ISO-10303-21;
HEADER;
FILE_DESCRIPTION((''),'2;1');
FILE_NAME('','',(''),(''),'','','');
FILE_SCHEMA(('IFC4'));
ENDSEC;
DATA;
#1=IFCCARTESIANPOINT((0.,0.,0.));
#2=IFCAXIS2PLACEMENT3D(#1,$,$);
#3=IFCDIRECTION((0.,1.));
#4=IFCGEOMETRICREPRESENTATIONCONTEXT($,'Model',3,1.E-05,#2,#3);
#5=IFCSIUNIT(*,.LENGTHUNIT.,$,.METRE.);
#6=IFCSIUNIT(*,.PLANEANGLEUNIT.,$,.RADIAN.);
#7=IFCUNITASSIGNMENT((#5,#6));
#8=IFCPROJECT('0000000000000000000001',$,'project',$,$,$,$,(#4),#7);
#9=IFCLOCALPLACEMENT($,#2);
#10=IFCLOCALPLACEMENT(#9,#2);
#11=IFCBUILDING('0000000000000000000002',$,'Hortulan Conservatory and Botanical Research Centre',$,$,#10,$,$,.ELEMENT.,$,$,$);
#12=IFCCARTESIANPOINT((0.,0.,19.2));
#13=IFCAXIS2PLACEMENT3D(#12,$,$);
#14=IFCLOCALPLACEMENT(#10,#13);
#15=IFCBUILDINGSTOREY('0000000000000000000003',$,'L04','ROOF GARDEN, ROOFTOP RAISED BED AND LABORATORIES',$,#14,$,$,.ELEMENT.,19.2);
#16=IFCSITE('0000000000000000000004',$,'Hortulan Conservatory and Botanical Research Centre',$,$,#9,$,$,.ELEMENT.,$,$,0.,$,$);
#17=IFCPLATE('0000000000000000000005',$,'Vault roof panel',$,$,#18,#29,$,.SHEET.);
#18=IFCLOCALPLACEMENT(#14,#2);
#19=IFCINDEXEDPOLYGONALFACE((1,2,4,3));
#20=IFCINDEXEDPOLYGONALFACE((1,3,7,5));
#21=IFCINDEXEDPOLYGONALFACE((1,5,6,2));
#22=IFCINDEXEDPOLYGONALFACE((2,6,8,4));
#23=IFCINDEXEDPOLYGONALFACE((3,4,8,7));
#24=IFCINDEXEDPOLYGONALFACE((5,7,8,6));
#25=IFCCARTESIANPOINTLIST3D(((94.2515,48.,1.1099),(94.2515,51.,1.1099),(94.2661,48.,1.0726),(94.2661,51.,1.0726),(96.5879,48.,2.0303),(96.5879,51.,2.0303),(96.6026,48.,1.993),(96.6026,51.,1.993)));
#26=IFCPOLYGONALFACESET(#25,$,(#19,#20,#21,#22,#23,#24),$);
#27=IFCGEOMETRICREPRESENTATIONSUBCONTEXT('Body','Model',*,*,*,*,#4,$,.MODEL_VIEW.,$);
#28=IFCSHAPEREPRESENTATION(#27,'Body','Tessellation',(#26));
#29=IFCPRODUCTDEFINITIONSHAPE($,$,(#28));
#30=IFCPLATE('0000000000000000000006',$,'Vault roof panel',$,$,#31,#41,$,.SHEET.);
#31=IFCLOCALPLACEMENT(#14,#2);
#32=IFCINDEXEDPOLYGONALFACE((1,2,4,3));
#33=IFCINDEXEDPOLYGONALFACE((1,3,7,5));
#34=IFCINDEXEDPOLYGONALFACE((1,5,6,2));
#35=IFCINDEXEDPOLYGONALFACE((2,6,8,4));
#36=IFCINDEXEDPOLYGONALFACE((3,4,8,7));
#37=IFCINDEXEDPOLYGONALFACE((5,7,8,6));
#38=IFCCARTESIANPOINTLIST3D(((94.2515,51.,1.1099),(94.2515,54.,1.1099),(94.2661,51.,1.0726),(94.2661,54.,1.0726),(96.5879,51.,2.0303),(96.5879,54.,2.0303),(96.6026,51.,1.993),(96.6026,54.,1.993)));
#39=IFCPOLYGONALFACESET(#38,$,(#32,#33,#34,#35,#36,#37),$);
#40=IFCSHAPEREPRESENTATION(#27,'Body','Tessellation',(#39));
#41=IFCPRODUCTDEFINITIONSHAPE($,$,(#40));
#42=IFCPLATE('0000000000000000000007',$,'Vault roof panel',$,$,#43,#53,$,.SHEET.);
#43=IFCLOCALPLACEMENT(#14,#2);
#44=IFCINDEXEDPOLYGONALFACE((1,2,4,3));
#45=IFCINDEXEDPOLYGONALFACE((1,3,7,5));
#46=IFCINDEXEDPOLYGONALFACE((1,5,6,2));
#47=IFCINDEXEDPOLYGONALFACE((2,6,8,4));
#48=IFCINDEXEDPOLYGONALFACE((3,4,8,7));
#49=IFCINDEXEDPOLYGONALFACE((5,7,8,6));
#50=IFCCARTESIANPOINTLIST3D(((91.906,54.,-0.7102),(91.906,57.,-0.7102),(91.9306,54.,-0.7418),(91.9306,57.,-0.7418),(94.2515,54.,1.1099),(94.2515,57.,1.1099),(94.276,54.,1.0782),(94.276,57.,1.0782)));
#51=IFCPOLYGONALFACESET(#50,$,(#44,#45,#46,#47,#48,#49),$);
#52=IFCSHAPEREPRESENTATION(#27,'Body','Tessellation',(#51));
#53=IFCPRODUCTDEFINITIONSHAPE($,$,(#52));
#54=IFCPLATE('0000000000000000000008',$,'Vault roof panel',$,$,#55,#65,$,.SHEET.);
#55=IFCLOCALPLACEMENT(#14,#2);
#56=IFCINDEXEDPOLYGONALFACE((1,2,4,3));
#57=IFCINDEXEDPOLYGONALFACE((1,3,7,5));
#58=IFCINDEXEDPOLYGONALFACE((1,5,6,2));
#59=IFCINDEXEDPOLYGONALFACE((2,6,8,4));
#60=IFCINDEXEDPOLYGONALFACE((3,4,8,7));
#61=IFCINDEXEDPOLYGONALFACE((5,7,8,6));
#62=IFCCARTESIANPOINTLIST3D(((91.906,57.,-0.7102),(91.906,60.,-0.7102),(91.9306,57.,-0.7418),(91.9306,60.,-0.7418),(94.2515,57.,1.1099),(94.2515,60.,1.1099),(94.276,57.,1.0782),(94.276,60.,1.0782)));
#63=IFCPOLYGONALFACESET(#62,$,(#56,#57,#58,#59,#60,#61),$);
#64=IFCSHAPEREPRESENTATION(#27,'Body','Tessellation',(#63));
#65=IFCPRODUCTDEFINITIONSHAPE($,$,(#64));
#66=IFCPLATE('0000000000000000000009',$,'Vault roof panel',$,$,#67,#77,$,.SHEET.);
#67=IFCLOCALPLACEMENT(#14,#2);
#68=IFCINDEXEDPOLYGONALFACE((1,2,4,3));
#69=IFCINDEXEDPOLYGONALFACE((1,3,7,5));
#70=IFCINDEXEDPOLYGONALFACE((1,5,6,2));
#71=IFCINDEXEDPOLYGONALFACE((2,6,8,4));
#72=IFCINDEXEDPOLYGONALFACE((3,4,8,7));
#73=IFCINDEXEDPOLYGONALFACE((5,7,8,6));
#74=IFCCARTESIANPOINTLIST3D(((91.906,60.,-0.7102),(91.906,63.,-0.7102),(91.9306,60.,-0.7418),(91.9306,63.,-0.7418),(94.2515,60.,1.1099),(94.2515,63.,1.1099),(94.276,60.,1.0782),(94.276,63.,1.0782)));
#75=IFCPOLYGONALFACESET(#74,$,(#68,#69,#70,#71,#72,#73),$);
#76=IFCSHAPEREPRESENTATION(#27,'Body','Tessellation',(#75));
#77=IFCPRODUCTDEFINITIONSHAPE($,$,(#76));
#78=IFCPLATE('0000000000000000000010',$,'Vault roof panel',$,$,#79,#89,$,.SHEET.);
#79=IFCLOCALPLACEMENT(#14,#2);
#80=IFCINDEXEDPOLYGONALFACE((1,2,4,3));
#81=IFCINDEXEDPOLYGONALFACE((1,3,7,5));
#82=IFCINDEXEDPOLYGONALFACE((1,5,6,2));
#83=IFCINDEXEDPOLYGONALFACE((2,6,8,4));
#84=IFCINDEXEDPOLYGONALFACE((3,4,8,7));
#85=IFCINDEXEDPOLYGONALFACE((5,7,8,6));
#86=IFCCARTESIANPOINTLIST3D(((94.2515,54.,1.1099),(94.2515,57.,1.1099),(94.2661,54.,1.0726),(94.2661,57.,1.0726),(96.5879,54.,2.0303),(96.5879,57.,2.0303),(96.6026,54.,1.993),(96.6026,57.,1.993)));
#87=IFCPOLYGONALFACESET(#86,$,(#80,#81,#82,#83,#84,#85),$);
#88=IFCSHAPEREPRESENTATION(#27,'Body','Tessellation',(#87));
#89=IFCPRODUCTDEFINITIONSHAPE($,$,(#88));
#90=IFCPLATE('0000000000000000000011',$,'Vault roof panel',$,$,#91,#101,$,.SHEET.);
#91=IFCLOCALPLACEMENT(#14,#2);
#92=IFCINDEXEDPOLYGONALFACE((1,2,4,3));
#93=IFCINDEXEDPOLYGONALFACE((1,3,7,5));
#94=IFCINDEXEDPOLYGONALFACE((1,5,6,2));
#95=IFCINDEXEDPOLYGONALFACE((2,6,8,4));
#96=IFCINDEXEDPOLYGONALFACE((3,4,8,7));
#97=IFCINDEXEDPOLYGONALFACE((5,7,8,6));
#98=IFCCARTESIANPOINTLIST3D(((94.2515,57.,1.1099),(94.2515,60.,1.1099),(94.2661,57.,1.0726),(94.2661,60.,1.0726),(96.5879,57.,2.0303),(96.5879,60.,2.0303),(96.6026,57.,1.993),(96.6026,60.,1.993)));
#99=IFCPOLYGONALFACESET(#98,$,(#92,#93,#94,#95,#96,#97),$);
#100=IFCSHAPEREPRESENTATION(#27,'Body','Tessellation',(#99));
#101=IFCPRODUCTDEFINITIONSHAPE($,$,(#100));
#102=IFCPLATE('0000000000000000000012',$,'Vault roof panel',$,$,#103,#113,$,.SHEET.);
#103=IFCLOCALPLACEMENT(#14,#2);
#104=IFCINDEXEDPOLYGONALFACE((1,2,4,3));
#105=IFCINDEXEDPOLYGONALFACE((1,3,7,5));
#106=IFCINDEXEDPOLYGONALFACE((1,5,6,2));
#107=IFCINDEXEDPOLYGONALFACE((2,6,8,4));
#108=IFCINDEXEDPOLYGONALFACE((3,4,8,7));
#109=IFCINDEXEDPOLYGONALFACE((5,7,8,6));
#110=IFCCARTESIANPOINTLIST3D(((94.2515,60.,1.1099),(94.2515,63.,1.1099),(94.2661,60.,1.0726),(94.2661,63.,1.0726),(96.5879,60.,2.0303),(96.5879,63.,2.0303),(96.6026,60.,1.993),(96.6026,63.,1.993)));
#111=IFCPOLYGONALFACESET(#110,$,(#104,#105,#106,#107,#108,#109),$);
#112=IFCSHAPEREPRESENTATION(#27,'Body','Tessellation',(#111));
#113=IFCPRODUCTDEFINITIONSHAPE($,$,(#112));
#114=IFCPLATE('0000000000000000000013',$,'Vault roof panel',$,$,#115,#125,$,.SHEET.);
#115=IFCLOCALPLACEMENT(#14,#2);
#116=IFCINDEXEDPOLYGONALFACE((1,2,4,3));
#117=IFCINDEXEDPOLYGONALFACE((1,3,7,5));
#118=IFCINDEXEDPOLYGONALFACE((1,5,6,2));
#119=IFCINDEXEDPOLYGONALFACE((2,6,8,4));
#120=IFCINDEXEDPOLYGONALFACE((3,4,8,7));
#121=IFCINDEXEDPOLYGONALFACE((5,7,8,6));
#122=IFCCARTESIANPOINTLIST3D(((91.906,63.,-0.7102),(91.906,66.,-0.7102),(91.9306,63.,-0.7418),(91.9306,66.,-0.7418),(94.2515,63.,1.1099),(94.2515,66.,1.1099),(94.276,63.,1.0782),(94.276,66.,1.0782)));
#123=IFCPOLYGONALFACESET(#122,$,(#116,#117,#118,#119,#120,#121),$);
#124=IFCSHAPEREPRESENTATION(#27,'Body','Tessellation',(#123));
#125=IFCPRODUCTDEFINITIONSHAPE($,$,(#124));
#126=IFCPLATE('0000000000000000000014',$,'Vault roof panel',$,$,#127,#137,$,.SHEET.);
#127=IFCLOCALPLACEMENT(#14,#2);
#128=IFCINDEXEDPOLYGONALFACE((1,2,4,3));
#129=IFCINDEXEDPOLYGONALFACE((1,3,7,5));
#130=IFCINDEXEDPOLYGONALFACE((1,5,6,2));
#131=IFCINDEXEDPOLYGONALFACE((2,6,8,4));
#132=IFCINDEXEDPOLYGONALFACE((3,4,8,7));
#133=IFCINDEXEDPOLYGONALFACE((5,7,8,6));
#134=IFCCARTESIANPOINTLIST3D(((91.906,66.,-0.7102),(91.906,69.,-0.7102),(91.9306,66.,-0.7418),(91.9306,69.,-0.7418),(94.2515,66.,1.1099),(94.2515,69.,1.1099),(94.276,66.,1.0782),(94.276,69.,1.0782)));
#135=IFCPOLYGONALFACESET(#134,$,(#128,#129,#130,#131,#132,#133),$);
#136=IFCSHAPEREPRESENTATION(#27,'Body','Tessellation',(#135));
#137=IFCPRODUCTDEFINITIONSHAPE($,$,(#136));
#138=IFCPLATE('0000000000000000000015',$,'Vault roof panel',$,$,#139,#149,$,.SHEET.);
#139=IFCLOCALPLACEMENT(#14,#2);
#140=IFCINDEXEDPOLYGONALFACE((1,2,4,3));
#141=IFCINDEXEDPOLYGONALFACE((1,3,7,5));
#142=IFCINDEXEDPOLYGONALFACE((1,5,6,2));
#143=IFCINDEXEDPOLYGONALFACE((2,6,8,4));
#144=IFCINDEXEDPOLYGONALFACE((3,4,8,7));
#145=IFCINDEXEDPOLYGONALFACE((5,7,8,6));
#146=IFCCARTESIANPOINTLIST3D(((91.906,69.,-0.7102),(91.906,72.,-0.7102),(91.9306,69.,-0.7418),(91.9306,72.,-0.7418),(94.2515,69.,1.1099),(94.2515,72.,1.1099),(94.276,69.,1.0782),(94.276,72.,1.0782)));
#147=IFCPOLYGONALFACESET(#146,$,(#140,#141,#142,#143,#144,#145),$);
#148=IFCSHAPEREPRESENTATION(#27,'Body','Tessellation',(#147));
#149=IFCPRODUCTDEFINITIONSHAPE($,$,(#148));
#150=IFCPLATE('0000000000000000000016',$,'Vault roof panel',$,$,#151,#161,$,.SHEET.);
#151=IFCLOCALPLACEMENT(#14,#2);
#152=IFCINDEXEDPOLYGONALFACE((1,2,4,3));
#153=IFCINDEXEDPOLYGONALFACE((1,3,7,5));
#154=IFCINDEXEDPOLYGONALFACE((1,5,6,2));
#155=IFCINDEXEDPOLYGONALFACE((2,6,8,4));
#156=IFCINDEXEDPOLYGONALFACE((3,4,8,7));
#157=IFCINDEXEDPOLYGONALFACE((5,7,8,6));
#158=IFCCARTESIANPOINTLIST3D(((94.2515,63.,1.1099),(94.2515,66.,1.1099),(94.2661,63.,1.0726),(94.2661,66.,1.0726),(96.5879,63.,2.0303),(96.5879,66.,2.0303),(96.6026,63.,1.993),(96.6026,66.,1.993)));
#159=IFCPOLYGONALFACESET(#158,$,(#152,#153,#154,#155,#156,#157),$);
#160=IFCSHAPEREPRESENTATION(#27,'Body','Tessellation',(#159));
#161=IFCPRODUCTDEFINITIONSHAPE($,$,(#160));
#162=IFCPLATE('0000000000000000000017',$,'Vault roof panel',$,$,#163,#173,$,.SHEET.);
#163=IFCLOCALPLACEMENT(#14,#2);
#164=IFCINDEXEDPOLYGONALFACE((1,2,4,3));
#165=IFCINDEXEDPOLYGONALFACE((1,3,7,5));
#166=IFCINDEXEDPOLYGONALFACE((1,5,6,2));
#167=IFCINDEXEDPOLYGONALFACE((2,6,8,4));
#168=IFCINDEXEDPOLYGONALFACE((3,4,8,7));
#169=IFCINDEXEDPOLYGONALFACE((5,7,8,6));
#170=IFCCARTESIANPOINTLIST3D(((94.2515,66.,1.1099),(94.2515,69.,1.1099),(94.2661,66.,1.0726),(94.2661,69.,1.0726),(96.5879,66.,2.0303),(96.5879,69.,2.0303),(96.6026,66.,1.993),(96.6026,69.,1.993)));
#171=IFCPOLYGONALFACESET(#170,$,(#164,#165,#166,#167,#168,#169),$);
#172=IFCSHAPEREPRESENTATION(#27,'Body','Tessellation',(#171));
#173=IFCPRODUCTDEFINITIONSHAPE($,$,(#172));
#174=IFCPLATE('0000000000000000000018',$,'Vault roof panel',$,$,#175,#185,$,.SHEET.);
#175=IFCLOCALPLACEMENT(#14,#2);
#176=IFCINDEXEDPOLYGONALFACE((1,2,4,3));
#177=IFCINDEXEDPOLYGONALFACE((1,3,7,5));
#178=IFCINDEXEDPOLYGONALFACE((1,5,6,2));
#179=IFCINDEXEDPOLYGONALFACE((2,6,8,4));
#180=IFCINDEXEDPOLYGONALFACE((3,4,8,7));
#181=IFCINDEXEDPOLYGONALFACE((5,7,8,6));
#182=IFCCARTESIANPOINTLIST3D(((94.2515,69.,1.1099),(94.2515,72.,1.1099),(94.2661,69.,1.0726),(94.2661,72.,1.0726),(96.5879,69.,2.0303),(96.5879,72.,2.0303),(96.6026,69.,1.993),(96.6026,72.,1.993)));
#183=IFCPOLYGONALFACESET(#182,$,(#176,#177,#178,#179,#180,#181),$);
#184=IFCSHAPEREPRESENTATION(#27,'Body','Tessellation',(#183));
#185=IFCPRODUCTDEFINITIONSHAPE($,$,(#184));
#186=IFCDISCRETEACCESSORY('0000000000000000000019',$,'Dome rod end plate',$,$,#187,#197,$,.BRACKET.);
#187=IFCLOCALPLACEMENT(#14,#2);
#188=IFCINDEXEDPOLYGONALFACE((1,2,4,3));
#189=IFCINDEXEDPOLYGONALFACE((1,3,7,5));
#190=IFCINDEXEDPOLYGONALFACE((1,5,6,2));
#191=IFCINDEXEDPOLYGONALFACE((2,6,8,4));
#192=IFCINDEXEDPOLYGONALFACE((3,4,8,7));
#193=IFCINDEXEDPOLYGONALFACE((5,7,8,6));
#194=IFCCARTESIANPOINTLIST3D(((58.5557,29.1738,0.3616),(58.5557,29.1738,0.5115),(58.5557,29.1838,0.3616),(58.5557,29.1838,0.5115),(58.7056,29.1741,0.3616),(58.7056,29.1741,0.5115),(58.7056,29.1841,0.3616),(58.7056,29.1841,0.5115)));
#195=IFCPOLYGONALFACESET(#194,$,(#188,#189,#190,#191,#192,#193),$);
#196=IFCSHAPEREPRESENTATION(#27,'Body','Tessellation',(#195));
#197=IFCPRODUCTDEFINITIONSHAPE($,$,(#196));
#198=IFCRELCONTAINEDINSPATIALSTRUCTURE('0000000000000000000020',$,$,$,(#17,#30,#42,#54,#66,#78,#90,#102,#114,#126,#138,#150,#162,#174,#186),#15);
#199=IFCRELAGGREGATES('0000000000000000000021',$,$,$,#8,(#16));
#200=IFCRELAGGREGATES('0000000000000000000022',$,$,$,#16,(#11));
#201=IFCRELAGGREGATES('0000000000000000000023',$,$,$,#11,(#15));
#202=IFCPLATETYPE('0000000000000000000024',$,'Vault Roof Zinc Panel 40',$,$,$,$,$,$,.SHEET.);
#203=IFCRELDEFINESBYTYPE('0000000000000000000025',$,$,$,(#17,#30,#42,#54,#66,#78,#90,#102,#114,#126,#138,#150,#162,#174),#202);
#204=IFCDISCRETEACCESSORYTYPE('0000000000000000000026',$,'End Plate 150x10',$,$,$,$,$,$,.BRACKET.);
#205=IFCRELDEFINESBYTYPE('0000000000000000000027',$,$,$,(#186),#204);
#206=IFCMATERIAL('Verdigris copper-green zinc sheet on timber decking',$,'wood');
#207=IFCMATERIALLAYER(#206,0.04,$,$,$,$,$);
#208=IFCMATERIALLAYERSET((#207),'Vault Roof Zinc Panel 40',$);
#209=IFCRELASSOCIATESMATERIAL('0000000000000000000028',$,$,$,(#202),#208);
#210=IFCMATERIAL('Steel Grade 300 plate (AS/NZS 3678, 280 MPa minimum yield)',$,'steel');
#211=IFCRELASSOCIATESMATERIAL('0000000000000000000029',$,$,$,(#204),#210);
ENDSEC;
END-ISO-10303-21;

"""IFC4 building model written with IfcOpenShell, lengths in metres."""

from ifc_helpers import new_model, si_unit, direction, frame, origin, origin_2d, place, context, subcontext, project, spatial, polyline, rectangle, outline, extrude, material, layer, layer_set, type_object, element, save


model = new_model("IFC4")

# Units and contexts
model_context = context("Model", 3, precision=1e-05, world=origin(), true_north=direction((0.0, 1.0)))
body_context = subcontext(model_context, "Body", "Model", "MODEL_VIEW")
ifc_project = project(units=[si_unit("LENGTHUNIT", "METRE"), si_unit("PLANEANGLEUNIT", "RADIAN")], contexts=[model_context])

# Site, building, storey
site_placement = place(None, origin())
site = spatial("IfcSite", under=ifc_project, at=site_placement, Name="Hortulan Conservatory and Botanical Research Centre", CompositionType="ELEMENT", RefElevation=0.0)
building_placement = place(site_placement, origin())
building = spatial("IfcBuilding", under=site, at=building_placement, Name="Hortulan Conservatory and Botanical Research Centre", CompositionType="ELEMENT")
storey_placement = place(building_placement, frame((0.0, 0.0, 19.2)))
storey = spatial("IfcBuildingStorey", under=building, at=storey_placement, Name="L04", Description="ROOF GARDEN, ROOFTOP RAISED BED AND LABORATORIES", CompositionType="ELEMENT", Elevation=19.2)

# Plates
ifc_material_1 = material(Name="Verdigris copper-green zinc sheet on timber decking", Category="wood")
ifc_layer_1 = layer(ifc_material_1, 0.04)
ifc_layer_set_1 = layer_set([ifc_layer_1], Name="Vault Roof Zinc Panel 40")
plate_type_1 = type_object("IfcPlateType", Name="Vault Roof Zinc Panel 40", PredefinedType="SHEET", material=ifc_layer_set_1)
for number, where, z_axis, x_axis, name in (
    (1, (94.2515, 48.0, 1.1099), (-0.366525, 0.0, 0.930408), (0.930408, 0.0, 0.366525), "Vault roof panel"),
    (2, (94.2515, 51.0, 1.1099), (-0.366525, 0.0, 0.930408), (0.930408, 0.0, 0.366525), "Vault roof panel"),
):
    element("IfcPlate", number, at=place(storey_placement, frame(where, z_axis=z_axis, x_axis=x_axis)), inside=storey, type_object=plate_type_1, Name=name, PredefinedType="SHEET", context=body_context, shape_type="SweptSolid", body=[
        extrude(outline(polyline([(0.0, 0.0), (2.5112, 0.0), (2.5112, 3.0), (0.0, 3.0), (0.0, 0.0)])), origin(), (0.0, 0.0, -1.0), 0.04),
    ])
for number, where, z_axis, x_axis, name in (
    (3, (91.906, 54.0, -0.7102), (-0.613063, 0.0, 0.790034), (0.790034, 0.0, 0.613063), "Vault roof panel"),
    (4, (91.906, 57.0, -0.7102), (-0.613063, 0.0, 0.790034), (0.790034, 0.0, 0.613063), "Vault roof panel"),
    (5, (91.906, 60.0, -0.7102), (-0.613063, 0.0, 0.790034), (0.790034, 0.0, 0.613063), "Vault roof panel"),
):
    element("IfcPlate", number, at=place(storey_placement, frame(where, z_axis=z_axis, x_axis=x_axis)), inside=storey, type_object=plate_type_1, Name=name, PredefinedType="SHEET", context=body_context, shape_type="SweptSolid", body=[
        extrude(outline(polyline([(0.0, 0.0), (2.9688, 0.0), (2.9688, 3.0), (0.0, 3.0), (0.0, 0.0)])), origin(), (0.0, 0.0, -1.0), 0.04),
    ])
for number, where, z_axis, x_axis, name in (
    (6, (94.2515, 54.0, 1.1099), (-0.366525, 0.0, 0.930408), (0.930408, 0.0, 0.366525), "Vault roof panel"),
    (7, (94.2515, 57.0, 1.1099), (-0.366525, 0.0, 0.930408), (0.930408, 0.0, 0.366525), "Vault roof panel"),
    (8, (94.2515, 60.0, 1.1099), (-0.366525, 0.0, 0.930408), (0.930408, 0.0, 0.366525), "Vault roof panel"),
):
    element("IfcPlate", number, at=place(storey_placement, frame(where, z_axis=z_axis, x_axis=x_axis)), inside=storey, type_object=plate_type_1, Name=name, PredefinedType="SHEET", context=body_context, shape_type="SweptSolid", body=[
        extrude(outline(polyline([(0.0, 0.0), (2.5112, 0.0), (2.5112, 3.0), (0.0, 3.0), (0.0, 0.0)])), origin(), (0.0, 0.0, -1.0), 0.04),
    ])
for number, where, z_axis, x_axis, name in (
    (9, (91.906, 63.0, -0.7102), (-0.613063, 0.0, 0.790034), (0.790034, 0.0, 0.613063), "Vault roof panel"),
    (10, (91.906, 66.0, -0.7102), (-0.613063, 0.0, 0.790034), (0.790034, 0.0, 0.613063), "Vault roof panel"),
    (11, (91.906, 69.0, -0.7102), (-0.613063, 0.0, 0.790034), (0.790034, 0.0, 0.613063), "Vault roof panel"),
):
    element("IfcPlate", number, at=place(storey_placement, frame(where, z_axis=z_axis, x_axis=x_axis)), inside=storey, type_object=plate_type_1, Name=name, PredefinedType="SHEET", context=body_context, shape_type="SweptSolid", body=[
        extrude(outline(polyline([(0.0, 0.0), (2.9688, 0.0), (2.9688, 3.0), (0.0, 3.0), (0.0, 0.0)])), origin(), (0.0, 0.0, -1.0), 0.04),
    ])
for number, where, z_axis, x_axis, name in (
    (12, (94.2515, 63.0, 1.1099), (-0.366525, 0.0, 0.930408), (0.930408, 0.0, 0.366525), "Vault roof panel"),
    (13, (94.2515, 66.0, 1.1099), (-0.366525, 0.0, 0.930408), (0.930408, 0.0, 0.366525), "Vault roof panel"),
    (14, (94.2515, 69.0, 1.1099), (-0.366525, 0.0, 0.930408), (0.930408, 0.0, 0.366525), "Vault roof panel"),
):
    element("IfcPlate", number, at=place(storey_placement, frame(where, z_axis=z_axis, x_axis=x_axis)), inside=storey, type_object=plate_type_1, Name=name, PredefinedType="SHEET", context=body_context, shape_type="SweptSolid", body=[
        extrude(outline(polyline([(0.0, 0.0), (2.5112, 0.0), (2.5112, 3.0), (0.0, 3.0), (0.0, 0.0)])), origin(), (0.0, 0.0, -1.0), 0.04),
    ])

# Discrete accessory
ifc_material_2 = material(Name="Steel Grade 300 plate (AS/NZS 3678, 280 MPa minimum yield)", Category="steel")
discrete_accessory_type = type_object("IfcDiscreteAccessoryType", Name="End Plate 150x10", PredefinedType="BRACKET", material=ifc_material_2)
discrete_accessory_placement = place(storey_placement, frame((58.6306, 29.179, 0.3616), z_axis=(0.0, 0.0, 1.0), x_axis=(0.999997, 0.002374, 0.0)))
element("IfcDiscreteAccessory", 15, at=discrete_accessory_placement, inside=storey, type_object=discrete_accessory_type, Name="Dome rod end plate", PredefinedType="BRACKET", context=body_context, shape_type="SweptSolid", body=[
    extrude(rectangle(XDim=0.1499, YDim=0.01, at=origin_2d()), origin(), (0.0, 0.0, 1.0), 0.1499),
])

save(model, "model.ifc")
